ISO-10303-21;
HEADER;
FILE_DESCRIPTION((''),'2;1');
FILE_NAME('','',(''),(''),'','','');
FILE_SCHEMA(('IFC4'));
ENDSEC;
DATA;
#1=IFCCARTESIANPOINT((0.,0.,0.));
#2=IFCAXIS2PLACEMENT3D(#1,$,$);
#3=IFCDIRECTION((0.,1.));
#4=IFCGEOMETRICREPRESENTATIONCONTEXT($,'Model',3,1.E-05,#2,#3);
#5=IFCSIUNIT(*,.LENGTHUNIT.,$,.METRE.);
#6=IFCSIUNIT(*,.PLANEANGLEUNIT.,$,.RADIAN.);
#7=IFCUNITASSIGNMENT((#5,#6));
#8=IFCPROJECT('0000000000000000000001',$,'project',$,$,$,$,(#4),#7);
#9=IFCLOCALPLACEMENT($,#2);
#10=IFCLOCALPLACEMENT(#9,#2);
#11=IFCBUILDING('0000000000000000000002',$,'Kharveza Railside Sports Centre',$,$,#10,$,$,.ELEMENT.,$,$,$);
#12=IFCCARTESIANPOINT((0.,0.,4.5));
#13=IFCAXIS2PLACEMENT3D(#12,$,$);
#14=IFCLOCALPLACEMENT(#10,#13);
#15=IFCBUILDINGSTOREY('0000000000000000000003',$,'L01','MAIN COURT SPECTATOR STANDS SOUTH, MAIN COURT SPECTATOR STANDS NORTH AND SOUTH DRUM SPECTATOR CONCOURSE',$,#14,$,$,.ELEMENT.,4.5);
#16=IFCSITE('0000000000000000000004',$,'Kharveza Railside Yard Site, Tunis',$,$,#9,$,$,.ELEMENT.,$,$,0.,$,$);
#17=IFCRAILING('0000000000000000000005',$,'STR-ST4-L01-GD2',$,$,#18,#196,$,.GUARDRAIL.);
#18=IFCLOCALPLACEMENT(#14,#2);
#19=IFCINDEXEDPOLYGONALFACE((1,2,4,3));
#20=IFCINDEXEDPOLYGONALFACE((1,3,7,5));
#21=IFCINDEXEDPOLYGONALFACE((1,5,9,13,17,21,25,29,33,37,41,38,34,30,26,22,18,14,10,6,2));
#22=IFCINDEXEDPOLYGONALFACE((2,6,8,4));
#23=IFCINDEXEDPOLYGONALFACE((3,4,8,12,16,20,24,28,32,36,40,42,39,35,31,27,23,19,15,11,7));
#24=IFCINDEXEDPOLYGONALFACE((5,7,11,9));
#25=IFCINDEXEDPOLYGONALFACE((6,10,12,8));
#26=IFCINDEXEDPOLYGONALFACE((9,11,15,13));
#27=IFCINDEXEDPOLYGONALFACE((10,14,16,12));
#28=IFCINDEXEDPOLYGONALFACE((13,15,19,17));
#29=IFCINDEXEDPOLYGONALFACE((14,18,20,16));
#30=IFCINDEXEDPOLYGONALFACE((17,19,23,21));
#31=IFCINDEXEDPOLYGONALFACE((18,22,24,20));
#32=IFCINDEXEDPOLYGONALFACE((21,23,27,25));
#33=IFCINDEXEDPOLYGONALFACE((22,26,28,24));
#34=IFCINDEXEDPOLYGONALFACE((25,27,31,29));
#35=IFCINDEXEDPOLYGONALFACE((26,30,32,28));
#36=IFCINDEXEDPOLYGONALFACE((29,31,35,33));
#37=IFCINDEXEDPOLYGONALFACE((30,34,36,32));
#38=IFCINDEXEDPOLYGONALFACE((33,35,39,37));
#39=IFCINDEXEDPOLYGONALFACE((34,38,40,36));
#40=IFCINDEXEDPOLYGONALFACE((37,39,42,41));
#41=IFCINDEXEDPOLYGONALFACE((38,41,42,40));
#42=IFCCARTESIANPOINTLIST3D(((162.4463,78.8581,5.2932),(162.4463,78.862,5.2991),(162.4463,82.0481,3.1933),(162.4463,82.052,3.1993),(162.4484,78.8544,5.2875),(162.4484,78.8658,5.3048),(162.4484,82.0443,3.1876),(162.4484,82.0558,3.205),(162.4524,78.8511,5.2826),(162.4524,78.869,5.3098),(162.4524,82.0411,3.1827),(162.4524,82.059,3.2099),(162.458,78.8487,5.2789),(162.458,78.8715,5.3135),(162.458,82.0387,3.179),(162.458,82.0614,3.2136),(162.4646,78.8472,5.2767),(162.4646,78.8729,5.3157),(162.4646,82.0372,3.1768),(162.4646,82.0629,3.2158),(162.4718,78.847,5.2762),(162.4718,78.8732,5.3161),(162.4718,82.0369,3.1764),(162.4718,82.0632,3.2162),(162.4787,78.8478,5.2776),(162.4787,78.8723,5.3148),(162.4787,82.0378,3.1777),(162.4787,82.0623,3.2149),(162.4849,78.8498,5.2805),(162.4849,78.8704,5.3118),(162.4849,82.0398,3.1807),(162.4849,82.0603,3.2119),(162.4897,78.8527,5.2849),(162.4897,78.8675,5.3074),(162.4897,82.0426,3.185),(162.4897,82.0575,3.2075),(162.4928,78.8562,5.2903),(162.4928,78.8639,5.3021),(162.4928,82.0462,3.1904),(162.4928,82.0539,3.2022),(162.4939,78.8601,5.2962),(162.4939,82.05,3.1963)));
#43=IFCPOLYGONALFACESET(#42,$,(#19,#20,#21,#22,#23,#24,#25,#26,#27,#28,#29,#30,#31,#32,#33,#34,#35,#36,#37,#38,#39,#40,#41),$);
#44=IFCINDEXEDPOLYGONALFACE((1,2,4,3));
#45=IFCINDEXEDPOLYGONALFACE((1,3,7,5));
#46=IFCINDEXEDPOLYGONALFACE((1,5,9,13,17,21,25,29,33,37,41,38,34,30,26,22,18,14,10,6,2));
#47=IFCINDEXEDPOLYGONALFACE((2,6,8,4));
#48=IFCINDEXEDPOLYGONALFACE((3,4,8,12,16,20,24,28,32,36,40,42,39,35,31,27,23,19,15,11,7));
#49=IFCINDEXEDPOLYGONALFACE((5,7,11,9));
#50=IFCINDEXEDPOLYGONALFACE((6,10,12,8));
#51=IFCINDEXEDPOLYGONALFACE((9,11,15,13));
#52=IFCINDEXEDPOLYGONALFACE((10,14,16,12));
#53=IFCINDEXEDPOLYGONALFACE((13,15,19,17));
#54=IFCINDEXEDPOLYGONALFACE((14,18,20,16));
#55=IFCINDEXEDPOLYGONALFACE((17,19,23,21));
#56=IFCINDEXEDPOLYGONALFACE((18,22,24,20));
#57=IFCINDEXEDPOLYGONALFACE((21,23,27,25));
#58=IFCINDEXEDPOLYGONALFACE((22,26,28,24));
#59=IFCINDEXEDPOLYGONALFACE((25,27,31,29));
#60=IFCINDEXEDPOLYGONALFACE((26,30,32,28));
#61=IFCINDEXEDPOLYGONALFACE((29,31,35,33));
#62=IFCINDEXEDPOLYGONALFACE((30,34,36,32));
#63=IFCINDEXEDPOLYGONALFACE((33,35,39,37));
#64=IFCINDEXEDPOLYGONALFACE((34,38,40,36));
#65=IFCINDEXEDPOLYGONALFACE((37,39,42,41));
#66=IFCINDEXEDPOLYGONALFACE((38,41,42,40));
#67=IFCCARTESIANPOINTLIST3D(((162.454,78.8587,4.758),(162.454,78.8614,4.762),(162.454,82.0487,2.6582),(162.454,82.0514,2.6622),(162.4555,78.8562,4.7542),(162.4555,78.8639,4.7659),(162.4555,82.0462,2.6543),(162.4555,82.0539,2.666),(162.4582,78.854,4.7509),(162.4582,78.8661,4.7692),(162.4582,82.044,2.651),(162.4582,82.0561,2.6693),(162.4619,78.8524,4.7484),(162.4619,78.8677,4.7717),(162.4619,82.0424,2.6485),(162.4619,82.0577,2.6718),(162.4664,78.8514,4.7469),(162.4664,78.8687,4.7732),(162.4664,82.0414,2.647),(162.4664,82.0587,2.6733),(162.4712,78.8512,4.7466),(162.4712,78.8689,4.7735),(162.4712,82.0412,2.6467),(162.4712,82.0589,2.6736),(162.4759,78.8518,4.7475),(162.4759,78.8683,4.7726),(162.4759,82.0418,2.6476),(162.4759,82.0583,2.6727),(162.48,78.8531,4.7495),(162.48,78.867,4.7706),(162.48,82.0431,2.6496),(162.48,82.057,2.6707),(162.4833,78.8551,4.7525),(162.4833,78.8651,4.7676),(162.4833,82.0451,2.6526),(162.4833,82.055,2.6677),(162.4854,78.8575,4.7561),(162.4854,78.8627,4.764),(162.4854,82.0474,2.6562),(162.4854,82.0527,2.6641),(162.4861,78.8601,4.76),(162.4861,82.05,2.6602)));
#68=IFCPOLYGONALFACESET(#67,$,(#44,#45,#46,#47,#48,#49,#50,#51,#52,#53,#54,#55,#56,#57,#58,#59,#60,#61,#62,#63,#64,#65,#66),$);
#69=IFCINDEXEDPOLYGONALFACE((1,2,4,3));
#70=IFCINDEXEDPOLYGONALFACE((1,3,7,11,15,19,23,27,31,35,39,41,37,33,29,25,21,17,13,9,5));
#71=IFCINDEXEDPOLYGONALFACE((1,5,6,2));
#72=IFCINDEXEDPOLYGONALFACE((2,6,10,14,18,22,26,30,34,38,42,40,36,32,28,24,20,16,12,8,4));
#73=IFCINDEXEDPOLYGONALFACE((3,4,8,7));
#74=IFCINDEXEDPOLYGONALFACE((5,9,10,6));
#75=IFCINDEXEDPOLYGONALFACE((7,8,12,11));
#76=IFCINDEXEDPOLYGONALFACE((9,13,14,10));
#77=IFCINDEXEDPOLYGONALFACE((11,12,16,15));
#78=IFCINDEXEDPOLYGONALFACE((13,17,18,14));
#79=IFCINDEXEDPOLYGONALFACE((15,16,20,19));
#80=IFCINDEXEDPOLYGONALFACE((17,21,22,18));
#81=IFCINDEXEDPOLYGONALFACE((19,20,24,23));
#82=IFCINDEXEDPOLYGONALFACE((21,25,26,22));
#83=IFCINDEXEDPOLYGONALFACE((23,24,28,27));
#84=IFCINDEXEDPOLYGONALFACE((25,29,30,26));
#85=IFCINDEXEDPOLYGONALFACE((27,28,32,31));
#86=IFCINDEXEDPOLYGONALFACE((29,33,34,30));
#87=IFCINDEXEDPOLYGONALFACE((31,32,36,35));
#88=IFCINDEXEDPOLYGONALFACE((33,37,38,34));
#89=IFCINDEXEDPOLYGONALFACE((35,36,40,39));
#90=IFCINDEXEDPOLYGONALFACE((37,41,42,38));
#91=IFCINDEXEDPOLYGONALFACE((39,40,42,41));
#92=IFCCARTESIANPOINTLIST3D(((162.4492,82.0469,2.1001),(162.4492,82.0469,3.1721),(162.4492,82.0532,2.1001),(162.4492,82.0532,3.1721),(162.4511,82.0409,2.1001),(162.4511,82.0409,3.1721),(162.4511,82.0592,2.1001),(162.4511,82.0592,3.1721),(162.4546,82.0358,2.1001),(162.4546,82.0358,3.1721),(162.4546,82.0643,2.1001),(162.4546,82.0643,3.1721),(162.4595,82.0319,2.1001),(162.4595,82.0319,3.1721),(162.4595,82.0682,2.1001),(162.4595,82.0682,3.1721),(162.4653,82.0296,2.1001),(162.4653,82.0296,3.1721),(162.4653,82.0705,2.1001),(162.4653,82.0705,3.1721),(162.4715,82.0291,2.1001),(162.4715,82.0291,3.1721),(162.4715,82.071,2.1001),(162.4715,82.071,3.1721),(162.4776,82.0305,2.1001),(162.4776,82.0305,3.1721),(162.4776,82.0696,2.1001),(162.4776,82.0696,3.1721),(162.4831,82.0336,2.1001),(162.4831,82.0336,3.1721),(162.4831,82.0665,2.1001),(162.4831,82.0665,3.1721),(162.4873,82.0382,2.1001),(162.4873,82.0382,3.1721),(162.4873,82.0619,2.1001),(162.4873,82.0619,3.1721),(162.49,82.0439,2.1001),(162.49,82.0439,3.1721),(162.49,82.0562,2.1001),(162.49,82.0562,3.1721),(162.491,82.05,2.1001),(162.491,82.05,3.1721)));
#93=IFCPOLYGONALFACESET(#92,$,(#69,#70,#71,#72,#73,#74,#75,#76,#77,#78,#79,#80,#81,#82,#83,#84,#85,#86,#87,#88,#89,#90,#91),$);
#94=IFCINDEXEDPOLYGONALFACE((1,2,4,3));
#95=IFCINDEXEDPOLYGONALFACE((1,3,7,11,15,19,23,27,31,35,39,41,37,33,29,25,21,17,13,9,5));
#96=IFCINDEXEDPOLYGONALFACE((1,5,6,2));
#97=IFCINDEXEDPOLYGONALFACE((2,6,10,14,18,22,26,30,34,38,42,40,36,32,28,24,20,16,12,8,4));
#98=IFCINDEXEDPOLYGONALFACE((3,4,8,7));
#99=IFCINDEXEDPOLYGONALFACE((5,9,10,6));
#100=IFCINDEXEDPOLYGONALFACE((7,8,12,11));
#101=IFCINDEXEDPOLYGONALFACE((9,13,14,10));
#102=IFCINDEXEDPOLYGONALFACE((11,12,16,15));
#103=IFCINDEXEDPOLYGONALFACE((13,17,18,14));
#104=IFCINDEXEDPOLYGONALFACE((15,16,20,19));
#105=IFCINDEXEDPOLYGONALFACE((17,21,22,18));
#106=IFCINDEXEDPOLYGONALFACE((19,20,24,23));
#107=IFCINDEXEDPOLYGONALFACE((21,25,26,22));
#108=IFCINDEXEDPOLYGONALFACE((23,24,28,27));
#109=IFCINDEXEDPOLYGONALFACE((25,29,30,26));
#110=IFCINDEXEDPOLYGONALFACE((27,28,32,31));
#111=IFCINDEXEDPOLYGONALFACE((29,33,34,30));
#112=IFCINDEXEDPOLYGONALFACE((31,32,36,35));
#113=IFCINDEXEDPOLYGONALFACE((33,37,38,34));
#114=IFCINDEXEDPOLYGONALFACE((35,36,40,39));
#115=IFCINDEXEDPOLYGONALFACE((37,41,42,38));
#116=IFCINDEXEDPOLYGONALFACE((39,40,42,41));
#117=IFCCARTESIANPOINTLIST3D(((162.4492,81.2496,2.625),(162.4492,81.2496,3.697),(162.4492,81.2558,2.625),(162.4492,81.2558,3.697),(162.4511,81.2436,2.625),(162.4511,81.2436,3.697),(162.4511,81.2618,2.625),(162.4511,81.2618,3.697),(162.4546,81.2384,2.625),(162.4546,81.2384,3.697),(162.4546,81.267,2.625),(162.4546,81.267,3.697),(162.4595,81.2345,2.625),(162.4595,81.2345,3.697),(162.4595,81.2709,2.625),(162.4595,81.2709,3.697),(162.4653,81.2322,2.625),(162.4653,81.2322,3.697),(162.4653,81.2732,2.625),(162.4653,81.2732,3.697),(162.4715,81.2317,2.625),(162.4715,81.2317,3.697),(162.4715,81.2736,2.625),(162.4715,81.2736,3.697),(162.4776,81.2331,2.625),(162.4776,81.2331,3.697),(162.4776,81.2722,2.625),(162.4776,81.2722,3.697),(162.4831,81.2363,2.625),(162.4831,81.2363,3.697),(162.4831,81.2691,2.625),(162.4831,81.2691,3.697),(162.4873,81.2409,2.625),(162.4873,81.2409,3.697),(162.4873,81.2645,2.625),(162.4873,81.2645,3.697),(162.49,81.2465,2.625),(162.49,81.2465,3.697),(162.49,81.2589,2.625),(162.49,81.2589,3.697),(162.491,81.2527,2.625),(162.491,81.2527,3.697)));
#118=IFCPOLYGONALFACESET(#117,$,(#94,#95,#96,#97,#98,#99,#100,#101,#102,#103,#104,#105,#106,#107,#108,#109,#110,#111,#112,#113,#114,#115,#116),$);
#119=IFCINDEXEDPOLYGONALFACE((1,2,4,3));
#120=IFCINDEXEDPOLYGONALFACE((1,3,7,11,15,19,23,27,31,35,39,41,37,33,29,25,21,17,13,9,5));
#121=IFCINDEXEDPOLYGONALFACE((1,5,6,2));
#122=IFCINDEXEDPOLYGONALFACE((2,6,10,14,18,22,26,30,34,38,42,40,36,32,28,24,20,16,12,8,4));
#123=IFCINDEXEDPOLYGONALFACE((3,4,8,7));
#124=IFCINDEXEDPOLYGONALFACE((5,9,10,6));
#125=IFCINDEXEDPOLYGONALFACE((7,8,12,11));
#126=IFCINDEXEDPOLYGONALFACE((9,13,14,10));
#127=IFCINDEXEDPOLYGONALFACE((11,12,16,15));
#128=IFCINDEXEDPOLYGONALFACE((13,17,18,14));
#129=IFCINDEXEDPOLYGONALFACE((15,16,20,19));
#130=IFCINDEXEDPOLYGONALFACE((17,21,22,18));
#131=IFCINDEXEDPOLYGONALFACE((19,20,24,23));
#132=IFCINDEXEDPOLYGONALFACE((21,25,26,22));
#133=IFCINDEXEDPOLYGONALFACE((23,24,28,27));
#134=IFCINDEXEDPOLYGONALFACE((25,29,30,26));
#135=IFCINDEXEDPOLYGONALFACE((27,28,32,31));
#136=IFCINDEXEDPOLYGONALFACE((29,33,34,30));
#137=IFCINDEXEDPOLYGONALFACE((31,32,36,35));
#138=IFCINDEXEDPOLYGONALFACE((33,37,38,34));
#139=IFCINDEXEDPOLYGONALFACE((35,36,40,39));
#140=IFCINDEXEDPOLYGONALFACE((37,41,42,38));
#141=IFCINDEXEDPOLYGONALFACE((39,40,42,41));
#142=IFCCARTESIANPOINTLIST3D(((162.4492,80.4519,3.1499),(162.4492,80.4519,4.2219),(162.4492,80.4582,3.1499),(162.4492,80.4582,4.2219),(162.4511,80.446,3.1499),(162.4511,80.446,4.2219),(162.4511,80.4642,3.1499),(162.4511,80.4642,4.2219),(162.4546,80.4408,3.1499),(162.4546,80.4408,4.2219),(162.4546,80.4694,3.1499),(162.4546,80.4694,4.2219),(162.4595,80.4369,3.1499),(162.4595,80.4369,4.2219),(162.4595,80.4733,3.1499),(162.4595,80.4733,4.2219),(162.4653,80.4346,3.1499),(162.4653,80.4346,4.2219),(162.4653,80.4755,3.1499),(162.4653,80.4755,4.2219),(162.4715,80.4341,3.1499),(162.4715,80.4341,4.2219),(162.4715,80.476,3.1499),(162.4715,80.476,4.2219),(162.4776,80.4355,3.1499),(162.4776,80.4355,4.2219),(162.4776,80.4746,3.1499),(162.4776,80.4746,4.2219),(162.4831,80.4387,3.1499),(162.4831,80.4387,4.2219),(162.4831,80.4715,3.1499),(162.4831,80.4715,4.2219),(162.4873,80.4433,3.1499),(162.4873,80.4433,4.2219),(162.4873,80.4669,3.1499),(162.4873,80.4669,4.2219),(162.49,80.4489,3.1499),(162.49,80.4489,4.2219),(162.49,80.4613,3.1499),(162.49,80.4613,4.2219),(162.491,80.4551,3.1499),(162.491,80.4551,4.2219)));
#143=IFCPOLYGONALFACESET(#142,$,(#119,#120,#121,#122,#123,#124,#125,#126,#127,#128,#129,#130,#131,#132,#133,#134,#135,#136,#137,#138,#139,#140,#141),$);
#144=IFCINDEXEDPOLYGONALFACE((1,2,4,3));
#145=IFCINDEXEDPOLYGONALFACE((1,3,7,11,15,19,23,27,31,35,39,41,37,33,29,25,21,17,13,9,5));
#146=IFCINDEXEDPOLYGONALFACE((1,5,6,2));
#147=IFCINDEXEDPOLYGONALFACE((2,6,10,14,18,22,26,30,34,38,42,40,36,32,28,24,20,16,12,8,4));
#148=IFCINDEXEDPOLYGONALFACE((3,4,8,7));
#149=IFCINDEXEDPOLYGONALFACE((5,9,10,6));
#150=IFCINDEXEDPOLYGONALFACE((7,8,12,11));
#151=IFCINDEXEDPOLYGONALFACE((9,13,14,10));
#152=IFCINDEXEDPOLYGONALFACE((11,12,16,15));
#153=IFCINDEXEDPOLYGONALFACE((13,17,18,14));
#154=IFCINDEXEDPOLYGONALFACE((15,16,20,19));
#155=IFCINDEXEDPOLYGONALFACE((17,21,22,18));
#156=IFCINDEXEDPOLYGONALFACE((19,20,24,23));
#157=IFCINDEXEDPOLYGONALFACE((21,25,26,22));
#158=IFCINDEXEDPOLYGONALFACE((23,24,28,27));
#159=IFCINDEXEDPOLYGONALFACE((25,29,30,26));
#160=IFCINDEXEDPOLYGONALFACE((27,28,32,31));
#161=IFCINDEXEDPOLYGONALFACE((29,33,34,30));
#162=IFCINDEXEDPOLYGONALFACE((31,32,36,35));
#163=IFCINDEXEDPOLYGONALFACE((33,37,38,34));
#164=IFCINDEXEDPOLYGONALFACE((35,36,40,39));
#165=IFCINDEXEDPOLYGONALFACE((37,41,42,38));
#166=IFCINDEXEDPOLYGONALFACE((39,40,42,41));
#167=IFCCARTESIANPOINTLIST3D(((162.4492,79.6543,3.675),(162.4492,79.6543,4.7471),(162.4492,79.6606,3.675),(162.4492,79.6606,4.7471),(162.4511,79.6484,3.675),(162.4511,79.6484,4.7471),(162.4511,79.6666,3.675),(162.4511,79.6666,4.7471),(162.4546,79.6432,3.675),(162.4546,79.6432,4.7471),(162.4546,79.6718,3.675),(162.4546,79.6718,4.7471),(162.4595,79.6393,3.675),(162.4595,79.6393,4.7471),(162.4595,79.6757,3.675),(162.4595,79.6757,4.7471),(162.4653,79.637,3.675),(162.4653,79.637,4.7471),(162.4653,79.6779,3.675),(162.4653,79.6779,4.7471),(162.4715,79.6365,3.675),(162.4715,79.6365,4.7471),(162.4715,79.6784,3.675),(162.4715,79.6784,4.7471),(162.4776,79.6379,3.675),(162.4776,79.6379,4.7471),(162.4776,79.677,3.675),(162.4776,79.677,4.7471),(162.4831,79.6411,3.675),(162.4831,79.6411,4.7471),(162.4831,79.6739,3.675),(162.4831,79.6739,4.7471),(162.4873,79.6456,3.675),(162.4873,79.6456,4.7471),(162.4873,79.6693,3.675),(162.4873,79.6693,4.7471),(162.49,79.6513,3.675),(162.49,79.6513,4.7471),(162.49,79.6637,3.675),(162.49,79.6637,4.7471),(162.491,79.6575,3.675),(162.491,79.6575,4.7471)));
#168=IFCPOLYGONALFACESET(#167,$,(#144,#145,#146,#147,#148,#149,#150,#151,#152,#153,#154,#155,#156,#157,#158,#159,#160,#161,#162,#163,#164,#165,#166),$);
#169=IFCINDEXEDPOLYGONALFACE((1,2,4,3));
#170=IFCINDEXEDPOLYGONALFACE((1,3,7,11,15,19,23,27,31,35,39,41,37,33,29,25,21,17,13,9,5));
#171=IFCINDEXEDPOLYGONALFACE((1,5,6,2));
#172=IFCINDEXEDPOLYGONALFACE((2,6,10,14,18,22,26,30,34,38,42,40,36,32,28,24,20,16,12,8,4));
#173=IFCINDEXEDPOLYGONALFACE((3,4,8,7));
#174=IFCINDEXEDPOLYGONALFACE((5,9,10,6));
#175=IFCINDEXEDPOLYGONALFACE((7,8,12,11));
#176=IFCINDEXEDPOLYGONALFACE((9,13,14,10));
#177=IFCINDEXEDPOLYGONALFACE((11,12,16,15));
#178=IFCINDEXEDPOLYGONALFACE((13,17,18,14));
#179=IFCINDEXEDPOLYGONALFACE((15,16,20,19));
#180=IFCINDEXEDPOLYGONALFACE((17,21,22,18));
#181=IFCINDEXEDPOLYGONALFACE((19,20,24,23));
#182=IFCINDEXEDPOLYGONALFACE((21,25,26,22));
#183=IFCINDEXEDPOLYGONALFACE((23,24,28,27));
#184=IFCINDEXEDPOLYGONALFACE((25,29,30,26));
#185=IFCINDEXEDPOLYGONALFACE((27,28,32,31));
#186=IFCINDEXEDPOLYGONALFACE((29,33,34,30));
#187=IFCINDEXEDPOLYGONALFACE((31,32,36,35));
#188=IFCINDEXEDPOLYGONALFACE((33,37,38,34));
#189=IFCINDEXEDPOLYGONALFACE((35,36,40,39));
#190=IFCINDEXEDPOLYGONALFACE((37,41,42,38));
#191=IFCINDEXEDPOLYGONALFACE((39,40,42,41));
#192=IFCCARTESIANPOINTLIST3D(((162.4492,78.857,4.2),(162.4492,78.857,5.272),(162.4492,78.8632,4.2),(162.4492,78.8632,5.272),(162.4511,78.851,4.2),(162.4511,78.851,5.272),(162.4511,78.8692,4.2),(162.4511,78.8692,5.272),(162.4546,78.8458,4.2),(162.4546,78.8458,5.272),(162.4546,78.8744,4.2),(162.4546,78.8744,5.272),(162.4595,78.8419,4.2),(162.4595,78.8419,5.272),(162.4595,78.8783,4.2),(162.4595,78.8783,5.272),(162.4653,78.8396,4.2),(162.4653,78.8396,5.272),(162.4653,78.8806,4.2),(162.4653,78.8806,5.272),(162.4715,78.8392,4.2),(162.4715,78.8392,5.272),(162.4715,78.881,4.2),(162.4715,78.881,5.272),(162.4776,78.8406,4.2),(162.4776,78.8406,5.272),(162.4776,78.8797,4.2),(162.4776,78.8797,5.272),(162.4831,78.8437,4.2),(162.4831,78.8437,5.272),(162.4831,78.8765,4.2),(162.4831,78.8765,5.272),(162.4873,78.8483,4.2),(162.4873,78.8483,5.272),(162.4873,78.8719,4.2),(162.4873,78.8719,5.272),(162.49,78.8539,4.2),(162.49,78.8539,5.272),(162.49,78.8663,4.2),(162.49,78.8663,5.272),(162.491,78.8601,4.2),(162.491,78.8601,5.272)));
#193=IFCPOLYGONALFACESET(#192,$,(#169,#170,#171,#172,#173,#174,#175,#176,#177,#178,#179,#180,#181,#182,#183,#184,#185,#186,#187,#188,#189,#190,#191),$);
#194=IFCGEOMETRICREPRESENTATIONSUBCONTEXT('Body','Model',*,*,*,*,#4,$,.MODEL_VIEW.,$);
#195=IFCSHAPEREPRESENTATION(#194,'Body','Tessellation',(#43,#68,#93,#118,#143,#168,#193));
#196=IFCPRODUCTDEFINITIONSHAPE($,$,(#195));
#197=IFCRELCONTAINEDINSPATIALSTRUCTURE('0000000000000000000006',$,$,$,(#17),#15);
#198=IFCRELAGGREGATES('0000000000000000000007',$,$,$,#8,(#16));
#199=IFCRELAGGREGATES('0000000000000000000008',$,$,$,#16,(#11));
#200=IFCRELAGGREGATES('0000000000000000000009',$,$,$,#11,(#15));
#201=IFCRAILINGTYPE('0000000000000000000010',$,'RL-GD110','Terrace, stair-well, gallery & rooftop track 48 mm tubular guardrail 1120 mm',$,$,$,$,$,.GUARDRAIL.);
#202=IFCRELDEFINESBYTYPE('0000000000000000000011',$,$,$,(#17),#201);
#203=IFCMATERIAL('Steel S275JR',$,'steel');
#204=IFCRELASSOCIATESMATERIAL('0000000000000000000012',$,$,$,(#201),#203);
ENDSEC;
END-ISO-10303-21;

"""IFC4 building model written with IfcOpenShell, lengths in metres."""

from ifc_helpers import new_model, si_unit, direction, frame, origin, origin_2d, place, context, subcontext, project, spatial, circle, extrude, material, type_object, element, save


model = new_model("IFC4")

# Units and contexts
model_context = context("Model", 3, precision=1e-05, world=origin(), true_north=direction((0.0, 1.0)))
body_context = subcontext(model_context, "Body", "Model", "MODEL_VIEW")
ifc_project = project(units=[si_unit("LENGTHUNIT", "METRE"), si_unit("PLANEANGLEUNIT", "RADIAN")], contexts=[model_context])

# Site, building, storey
site_placement = place(None, origin())
site = spatial("IfcSite", under=ifc_project, at=site_placement, Name="Kharveza Railside Yard Site, Tunis", CompositionType="ELEMENT", RefElevation=0.0)
building_placement = place(site_placement, origin())
building = spatial("IfcBuilding", under=site, at=building_placement, Name="Kharveza Railside Sports Centre", CompositionType="ELEMENT")
storey_placement = place(building_placement, frame((0.0, 0.0, 4.5)))
storey = spatial("IfcBuildingStorey", under=building, at=storey_placement, Name="L01", Description="MAIN COURT SPECTATOR STANDS SOUTH, MAIN COURT SPECTATOR STANDS NORTH AND SOUTH DRUM SPECTATOR CONCOURSE", CompositionType="ELEMENT", Elevation=4.5)

# Railing
ifc_material_1 = material(Name="Steel S275JR", Category="steel")
railing_type_1 = type_object("IfcRailingType", Name="RL-GD110", Description="Terrace, stair-well, gallery & rooftop track 48 mm tubular guardrail 1120 mm", PredefinedType="GUARDRAIL", material=ifc_material_1)
railing_1_placement = place(storey_placement, frame((162.47, 82.05, 2.1001)))
element("IfcRailing", 1, at=railing_1_placement, inside=storey, type_object=railing_type_1, Name="STR-ST4-L01-GD2", PredefinedType="GUARDRAIL", context=body_context, shape_type="SweptSolid", body=[
    extrude(circle(Radius=0.0239, at=origin_2d()), frame((0.0, 0.0, 1.0962), z_axis=(0.0, -0.835272, 0.549837), x_axis=(1.0, 0.0, 0.0)), (0.0, 0.0, 1.0), 3.8191),
    extrude(circle(Radius=0.0161, at=origin_2d()), frame((0.0, 0.0, 0.5601), z_axis=(0.0, -0.835272, 0.549837), x_axis=(1.0, 0.0, 0.0)), (0.0, 0.0, 1.0), 3.8191),
    extrude(circle(Radius=0.021, at=origin_2d()), origin(), (0.0, 0.0, 1.0), 1.072),
    extrude(circle(Radius=0.021, at=origin_2d()), frame((0.0, -0.7974, 0.5249)), (0.0, 0.0, 1.0), 1.072),
    extrude(circle(Radius=0.021, at=origin_2d()), frame((0.0, -1.595, 1.0498)), (0.0, 0.0, 1.0), 1.072),
    extrude(circle(Radius=0.021, at=origin_2d()), frame((0.0, -2.3926, 1.575)), (0.0, 0.0, 1.0), 1.072),
    extrude(circle(Radius=0.021, at=origin_2d()), frame((0.0, -3.1899, 2.0999)), (0.0, 0.0, 1.0), 1.072),
])

save(model, "model.ifc")
